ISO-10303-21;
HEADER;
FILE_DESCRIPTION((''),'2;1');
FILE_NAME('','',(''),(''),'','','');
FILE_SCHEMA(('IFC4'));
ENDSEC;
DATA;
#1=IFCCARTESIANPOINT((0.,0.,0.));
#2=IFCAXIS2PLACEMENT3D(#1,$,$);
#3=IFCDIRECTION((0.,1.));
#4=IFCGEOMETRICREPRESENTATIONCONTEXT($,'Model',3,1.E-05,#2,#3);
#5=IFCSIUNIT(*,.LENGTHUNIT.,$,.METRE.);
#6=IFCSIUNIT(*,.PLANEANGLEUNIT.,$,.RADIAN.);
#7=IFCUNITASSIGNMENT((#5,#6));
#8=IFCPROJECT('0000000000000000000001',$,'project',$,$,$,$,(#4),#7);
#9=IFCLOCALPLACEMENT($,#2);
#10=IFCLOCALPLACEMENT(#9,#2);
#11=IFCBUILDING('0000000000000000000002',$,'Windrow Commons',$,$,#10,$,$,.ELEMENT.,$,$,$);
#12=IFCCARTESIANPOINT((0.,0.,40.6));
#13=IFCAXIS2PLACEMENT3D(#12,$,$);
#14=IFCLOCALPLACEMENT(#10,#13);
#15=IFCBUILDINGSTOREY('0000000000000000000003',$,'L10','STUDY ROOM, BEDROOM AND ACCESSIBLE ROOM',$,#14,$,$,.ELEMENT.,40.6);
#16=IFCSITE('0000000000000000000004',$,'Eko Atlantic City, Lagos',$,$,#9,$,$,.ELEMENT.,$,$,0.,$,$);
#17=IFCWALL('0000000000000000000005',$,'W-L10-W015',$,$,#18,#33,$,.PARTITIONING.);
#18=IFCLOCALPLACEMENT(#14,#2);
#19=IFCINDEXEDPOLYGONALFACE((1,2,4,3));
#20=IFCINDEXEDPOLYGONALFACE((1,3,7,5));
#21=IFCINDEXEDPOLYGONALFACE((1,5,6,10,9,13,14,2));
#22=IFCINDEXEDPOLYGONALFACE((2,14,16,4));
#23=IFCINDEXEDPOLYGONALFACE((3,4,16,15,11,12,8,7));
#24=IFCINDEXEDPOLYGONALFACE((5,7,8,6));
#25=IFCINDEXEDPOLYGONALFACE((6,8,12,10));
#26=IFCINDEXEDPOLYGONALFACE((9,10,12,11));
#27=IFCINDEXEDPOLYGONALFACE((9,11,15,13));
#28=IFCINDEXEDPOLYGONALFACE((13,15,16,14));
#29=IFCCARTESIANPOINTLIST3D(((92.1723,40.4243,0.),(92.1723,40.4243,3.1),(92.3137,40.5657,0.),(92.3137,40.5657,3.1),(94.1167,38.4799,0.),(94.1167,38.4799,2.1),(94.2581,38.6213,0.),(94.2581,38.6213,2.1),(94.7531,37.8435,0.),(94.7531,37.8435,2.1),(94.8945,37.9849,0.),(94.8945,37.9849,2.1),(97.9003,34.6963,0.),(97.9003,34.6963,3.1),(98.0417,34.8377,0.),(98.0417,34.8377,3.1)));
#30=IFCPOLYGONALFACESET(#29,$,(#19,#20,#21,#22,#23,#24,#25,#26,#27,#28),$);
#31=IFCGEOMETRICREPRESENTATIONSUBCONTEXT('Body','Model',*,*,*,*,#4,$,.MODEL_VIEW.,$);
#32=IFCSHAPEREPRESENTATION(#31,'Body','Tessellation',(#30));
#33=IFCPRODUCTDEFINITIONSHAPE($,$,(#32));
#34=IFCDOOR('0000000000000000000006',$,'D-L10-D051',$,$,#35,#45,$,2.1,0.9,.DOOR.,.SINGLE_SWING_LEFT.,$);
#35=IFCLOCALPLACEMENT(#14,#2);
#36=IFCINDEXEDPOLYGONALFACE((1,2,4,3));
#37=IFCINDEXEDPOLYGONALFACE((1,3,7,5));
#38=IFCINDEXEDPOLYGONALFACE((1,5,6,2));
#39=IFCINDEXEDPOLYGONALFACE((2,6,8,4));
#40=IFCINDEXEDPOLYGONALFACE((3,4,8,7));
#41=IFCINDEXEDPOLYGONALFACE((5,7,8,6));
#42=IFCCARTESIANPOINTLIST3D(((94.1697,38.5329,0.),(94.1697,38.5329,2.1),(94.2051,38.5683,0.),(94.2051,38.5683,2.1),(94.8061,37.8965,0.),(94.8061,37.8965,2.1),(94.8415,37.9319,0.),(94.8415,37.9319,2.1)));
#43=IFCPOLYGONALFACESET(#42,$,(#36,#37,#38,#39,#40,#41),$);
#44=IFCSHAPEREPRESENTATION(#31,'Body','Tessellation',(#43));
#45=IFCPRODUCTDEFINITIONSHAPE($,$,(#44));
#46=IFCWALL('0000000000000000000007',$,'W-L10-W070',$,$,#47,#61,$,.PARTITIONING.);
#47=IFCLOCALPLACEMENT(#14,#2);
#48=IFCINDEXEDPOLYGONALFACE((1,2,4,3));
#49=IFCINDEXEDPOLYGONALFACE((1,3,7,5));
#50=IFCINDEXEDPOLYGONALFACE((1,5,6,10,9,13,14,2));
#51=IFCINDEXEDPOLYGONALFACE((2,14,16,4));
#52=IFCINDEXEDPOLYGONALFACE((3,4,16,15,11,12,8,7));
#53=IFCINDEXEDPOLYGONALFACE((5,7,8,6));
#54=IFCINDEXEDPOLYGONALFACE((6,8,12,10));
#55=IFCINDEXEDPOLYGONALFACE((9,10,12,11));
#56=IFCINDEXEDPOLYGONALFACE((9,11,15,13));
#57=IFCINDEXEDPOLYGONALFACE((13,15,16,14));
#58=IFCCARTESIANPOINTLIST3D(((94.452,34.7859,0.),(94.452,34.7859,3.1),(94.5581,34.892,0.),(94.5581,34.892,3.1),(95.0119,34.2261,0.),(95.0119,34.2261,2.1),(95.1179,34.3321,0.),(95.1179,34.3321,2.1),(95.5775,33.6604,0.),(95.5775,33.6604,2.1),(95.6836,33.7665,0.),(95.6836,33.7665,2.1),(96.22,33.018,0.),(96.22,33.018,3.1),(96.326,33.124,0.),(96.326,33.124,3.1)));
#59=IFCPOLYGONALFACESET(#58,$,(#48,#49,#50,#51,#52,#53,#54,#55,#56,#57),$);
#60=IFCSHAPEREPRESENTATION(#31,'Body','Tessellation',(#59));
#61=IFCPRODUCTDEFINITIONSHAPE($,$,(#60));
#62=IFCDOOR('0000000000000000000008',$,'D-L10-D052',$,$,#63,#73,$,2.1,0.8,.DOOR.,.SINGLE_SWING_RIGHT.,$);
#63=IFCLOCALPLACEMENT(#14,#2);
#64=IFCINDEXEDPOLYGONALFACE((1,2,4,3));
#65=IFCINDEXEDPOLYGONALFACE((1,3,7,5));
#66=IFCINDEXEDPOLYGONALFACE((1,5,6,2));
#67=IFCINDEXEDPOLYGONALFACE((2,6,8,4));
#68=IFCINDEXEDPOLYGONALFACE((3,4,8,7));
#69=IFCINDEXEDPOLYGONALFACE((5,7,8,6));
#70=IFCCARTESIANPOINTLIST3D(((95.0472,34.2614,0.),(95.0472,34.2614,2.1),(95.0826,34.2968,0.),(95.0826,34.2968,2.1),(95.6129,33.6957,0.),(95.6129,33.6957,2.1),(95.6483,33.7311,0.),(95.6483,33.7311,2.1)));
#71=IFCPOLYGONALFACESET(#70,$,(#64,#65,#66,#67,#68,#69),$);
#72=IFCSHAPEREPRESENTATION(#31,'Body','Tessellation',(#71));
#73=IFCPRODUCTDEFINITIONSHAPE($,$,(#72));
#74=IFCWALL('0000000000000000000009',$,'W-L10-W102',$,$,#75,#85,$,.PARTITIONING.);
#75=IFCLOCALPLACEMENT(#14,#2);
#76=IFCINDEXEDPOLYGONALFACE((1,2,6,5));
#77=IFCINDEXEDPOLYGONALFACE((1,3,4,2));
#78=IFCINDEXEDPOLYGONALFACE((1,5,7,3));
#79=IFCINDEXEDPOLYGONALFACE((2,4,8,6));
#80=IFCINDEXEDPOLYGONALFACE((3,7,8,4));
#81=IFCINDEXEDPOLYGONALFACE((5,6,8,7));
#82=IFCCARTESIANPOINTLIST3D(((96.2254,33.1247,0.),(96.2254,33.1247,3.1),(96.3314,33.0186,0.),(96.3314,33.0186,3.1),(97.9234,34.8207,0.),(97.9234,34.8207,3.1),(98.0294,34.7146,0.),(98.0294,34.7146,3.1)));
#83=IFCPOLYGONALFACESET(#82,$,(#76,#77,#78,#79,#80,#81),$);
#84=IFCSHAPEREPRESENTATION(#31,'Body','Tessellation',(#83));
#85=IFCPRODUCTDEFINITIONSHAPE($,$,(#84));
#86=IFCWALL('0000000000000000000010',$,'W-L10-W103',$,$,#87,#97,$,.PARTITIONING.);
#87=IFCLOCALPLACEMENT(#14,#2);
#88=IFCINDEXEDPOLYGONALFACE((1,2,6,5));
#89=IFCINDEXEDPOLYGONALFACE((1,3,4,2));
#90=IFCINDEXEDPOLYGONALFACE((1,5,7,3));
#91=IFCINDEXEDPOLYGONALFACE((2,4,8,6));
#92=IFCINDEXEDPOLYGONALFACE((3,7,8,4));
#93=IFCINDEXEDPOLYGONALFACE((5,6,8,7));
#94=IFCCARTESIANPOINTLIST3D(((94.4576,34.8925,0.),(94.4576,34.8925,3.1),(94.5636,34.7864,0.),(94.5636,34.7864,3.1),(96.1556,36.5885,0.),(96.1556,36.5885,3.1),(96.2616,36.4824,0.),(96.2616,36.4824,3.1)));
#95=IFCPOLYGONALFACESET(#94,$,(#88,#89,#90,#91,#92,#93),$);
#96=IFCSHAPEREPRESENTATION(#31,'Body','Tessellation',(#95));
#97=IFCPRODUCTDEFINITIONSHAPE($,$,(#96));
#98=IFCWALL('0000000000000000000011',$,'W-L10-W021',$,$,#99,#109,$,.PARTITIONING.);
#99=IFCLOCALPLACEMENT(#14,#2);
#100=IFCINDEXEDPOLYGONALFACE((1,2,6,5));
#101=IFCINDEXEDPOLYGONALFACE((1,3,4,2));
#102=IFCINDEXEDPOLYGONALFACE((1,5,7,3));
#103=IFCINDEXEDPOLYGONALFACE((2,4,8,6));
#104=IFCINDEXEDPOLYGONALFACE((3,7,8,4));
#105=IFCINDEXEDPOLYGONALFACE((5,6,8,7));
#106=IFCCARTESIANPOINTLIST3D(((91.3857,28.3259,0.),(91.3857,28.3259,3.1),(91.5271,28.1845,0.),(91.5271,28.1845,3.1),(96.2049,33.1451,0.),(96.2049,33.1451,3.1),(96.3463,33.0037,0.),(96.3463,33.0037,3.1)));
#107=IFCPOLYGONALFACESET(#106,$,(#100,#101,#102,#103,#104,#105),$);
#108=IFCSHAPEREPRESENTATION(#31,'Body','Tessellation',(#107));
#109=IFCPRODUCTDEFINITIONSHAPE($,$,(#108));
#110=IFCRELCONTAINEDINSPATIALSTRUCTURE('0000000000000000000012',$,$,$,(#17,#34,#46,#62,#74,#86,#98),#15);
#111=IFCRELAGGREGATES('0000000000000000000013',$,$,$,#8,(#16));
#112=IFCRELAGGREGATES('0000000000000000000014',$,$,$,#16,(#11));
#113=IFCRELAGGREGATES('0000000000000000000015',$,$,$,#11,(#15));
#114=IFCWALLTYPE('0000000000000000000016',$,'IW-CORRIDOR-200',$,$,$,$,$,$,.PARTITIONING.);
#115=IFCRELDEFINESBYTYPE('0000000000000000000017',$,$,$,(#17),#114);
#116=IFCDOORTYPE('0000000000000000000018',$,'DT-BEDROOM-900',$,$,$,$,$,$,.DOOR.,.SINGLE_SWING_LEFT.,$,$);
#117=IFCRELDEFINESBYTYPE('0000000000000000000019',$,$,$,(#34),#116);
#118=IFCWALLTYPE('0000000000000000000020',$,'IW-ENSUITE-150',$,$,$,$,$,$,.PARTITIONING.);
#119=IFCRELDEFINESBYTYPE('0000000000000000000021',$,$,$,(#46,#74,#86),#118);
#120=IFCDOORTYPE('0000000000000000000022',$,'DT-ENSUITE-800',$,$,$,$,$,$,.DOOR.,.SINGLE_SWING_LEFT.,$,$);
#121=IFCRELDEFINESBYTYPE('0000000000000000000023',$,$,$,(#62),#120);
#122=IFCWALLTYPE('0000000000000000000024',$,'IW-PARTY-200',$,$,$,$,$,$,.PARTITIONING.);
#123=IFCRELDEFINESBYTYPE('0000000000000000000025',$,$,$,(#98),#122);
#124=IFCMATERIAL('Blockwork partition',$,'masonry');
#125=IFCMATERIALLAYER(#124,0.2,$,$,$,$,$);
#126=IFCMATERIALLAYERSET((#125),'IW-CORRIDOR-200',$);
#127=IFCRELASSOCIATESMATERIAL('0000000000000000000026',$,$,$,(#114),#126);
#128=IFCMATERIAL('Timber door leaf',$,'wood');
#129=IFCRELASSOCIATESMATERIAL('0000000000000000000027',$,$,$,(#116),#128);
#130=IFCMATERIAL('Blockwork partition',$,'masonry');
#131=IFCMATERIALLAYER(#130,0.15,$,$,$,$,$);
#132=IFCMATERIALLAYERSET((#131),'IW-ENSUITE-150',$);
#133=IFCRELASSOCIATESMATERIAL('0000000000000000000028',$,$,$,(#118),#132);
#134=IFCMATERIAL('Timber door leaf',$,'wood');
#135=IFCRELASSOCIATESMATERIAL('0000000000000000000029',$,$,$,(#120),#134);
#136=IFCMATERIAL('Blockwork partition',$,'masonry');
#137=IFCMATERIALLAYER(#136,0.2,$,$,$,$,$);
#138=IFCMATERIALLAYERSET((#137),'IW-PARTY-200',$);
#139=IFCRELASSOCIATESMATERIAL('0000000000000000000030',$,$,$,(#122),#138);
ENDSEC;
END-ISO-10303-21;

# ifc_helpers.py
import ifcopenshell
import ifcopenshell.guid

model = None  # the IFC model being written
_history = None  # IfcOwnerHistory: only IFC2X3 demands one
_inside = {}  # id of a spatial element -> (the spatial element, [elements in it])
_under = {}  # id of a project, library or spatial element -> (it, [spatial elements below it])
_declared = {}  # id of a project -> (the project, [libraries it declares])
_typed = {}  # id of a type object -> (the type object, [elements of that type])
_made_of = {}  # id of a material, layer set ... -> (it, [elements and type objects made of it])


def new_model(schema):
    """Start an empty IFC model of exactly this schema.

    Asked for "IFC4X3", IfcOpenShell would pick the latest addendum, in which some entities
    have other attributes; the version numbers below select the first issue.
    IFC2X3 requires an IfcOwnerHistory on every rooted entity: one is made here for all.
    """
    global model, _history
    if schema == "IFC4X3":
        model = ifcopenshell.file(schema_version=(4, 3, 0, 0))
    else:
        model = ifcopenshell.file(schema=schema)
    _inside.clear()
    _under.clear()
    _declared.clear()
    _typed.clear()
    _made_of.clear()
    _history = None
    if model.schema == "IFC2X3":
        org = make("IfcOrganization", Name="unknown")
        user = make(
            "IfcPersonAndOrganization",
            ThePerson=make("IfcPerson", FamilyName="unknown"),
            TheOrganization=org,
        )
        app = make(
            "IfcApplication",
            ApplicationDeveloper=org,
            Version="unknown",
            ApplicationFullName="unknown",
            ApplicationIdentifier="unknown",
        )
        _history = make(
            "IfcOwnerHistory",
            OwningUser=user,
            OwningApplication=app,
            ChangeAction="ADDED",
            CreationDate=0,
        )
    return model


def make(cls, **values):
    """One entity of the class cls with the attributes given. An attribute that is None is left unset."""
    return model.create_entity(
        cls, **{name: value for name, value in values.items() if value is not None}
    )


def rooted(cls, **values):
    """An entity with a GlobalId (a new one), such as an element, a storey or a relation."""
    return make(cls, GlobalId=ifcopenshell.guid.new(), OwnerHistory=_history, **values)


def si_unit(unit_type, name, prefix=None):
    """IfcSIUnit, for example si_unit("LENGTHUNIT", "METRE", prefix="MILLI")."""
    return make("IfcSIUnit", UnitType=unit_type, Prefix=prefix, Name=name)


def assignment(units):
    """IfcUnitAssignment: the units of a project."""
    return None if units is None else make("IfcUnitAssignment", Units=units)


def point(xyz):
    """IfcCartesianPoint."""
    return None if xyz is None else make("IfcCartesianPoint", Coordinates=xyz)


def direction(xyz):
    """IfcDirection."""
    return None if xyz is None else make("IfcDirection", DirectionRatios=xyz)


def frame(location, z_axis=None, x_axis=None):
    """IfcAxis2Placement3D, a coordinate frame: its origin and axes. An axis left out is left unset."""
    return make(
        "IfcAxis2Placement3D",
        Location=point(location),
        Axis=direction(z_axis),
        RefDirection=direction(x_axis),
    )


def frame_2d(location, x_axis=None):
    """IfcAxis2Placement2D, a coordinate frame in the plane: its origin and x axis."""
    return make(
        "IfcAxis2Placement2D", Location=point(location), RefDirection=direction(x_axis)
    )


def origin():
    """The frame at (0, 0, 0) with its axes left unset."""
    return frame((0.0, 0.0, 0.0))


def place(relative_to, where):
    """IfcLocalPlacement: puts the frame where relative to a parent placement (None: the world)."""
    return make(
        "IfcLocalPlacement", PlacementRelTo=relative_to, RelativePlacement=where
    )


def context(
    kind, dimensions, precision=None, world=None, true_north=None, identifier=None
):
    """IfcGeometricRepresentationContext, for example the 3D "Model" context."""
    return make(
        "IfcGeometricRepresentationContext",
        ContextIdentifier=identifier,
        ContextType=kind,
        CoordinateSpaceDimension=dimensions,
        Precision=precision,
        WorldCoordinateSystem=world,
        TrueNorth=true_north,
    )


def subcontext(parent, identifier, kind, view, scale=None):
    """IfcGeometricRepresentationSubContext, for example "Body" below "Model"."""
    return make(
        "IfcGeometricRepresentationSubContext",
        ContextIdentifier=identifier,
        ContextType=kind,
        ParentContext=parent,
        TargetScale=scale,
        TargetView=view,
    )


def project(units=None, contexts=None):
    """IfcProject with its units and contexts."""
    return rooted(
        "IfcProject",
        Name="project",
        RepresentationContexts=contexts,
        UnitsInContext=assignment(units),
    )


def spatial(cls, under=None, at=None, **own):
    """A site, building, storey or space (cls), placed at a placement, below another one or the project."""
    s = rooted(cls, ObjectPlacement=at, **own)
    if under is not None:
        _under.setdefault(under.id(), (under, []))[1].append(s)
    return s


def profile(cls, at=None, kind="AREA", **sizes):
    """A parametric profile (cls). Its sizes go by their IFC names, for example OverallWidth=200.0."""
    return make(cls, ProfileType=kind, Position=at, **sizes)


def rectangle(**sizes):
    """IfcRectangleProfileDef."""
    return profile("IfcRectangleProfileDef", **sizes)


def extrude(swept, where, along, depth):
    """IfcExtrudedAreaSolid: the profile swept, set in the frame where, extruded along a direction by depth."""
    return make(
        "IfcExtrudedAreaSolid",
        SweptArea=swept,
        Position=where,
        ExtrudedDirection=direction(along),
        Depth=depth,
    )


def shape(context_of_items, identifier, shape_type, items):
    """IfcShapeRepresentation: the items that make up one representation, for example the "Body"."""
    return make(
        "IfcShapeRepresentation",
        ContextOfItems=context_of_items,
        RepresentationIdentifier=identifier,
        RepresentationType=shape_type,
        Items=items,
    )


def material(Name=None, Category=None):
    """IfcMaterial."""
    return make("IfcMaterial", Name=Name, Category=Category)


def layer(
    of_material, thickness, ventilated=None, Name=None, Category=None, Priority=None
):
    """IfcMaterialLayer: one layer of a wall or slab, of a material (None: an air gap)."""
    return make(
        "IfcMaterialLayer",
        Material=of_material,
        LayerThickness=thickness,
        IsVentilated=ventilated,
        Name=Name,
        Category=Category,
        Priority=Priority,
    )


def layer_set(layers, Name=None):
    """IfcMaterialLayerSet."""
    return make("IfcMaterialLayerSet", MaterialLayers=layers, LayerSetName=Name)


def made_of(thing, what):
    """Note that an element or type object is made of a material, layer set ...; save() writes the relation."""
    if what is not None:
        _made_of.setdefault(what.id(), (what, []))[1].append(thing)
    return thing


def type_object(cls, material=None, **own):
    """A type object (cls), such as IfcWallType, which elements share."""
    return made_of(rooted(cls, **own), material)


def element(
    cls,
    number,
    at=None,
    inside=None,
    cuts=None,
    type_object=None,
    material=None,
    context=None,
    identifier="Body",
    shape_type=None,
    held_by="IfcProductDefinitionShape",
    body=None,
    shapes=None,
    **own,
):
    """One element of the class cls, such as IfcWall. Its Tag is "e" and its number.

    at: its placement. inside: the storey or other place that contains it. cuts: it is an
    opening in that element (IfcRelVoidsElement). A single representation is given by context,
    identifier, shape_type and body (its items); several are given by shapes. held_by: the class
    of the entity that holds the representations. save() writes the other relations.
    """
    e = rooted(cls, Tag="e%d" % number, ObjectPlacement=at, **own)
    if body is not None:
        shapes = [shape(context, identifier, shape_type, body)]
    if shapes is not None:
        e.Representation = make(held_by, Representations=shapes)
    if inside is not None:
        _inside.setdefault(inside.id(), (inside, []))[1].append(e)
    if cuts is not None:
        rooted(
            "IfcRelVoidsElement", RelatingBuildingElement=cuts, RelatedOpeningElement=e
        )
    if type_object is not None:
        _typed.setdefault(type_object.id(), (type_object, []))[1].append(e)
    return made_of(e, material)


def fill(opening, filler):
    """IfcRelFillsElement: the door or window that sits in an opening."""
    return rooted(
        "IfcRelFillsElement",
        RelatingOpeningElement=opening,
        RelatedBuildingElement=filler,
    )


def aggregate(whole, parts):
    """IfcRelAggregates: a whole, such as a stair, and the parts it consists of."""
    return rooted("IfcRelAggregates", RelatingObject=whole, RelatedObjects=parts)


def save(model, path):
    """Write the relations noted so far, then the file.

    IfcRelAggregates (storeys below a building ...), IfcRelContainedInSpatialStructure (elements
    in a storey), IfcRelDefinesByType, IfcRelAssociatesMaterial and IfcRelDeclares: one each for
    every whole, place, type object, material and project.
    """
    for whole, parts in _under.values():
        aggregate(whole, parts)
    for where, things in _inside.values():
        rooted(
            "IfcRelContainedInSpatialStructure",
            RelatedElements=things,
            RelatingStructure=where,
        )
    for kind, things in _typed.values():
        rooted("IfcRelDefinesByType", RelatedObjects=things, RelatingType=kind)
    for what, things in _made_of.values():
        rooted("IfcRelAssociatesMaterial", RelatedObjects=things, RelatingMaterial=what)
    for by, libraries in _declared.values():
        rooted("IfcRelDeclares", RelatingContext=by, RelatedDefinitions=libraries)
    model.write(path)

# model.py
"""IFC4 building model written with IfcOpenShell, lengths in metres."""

from ifc_helpers import new_model, si_unit, direction, frame, frame_2d, origin, place, context, subcontext, project, spatial, rectangle, extrude, material, layer, layer_set, type_object, element, fill, save


model = new_model("IFC4")

# Units and contexts
model_context = context("Model", 3, precision=1e-05, world=origin(), true_north=direction((0.0, 1.0)))
body_context = subcontext(model_context, "Body", "Model", "MODEL_VIEW")
ifc_project = project(units=[si_unit("LENGTHUNIT", "METRE"), si_unit("PLANEANGLEUNIT", "RADIAN")], contexts=[model_context])

# Site, building, storey
site_placement = place(None, origin())
site = spatial("IfcSite", under=ifc_project, at=site_placement, Name="Eko Atlantic City, Lagos", CompositionType="ELEMENT", RefElevation=0.0)
building_placement = place(site_placement, origin())
building = spatial("IfcBuilding", under=site, at=building_placement, Name="Windrow Commons", CompositionType="ELEMENT")
storey_placement = place(building_placement, frame((0.0, 0.0, 40.6)))
storey = spatial("IfcBuildingStorey", under=building, at=storey_placement, Name="L10", Description="STUDY ROOM, BEDROOM AND ACCESSIBLE ROOM", CompositionType="ELEMENT", Elevation=40.6)

# Walls, openings, doors
ifc_material_1 = material(Name="Blockwork partition", Category="masonry")
ifc_layer_1 = layer(ifc_material_1, 0.2)
ifc_layer_set_1 = layer_set([ifc_layer_1], Name="IW-CORRIDOR-200")
wall_type_1 = type_object("IfcWallType", Name="IW-CORRIDOR-200", PredefinedType="PARTITIONING", material=ifc_layer_set_1)
wall_1_placement = place(storey_placement, frame((92.243, 40.495, 0.0), z_axis=(0.0, 0.0, 1.0), x_axis=(0.707107, -0.707107, 0.0)))
wall_1 = element("IfcWall", 1, at=wall_1_placement, inside=storey, type_object=wall_type_1, Name="W-L10-W015", PredefinedType="PARTITIONING", context=body_context, shape_type="SweptSolid", body=[
    extrude(rectangle(XDim=8.1006, YDim=0.2, at=frame_2d((4.0503, 0.0))), origin(), (0.0, 0.0, 1.0), 3.1),
])
opening_1_placement = place(wall_1_placement, frame((2.7498, 0.0, 0.0)))
opening_1 = element("IfcOpeningElement", 2, at=opening_1_placement, cuts=wall_1, PredefinedType="OPENING", context=body_context, shape_type="SweptSolid", body=[
    extrude(rectangle(XDim=0.9, YDim=2.1, at=frame_2d((0.45, 1.05))), frame((0.0, 0.11, 0.0), z_axis=(0.0, -1.0, 0.0), x_axis=(1.0, 0.0, 0.0)), (0.0, 0.0, 1.0), 0.22),
])
ifc_material_2 = material(Name="Timber door leaf", Category="wood")
door_type_1 = type_object("IfcDoorType", Name="DT-BEDROOM-900", OperationType="SINGLE_SWING_LEFT", PredefinedType="DOOR", material=ifc_material_2)
door_1_placement = place(opening_1_placement, origin())
door_1 = element("IfcDoor", 3, at=door_1_placement, inside=storey, type_object=door_type_1, Name="D-L10-D051", OperationType="SINGLE_SWING_LEFT", OverallHeight=2.1, OverallWidth=0.9, PredefinedType="DOOR", context=body_context, shape_type="SweptSolid", body=[
    extrude(rectangle(XDim=0.9, YDim=2.1, at=frame_2d((0.45, 1.05))), frame((0.0, 0.025, 0.0), z_axis=(0.0, -1.0, 0.0), x_axis=(1.0, 0.0, 0.0)), (0.0, 0.0, 1.0), 0.05),
])
fill(opening_1, door_1)
ifc_material_3 = material(Name="Blockwork partition", Category="masonry")
ifc_layer_2 = layer(ifc_material_3, 0.15)
ifc_layer_set_2 = layer_set([ifc_layer_2], Name="IW-ENSUITE-150")
wall_type_2 = type_object("IfcWallType", Name="IW-ENSUITE-150", PredefinedType="PARTITIONING", material=ifc_layer_set_2)
wall_2_placement = place(storey_placement, frame((94.505, 34.839, 0.0), z_axis=(0.0, 0.0, 1.0), x_axis=(0.707107, -0.707107, 0.0)))
wall_2 = element("IfcWall", 4, at=wall_2_placement, inside=storey, type_object=wall_type_2, Name="W-L10-W070", PredefinedType="PARTITIONING", context=body_context, shape_type="SweptSolid", body=[
    extrude(rectangle(XDim=2.5003, YDim=0.15, at=frame_2d((1.2502, 0.0))), origin(), (0.0, 0.0, 1.0), 3.1),
])
opening_2_placement = place(wall_2_placement, frame((0.7918, 0.0, 0.0)))
opening_2 = element("IfcOpeningElement", 5, at=opening_2_placement, cuts=wall_2, PredefinedType="OPENING", context=body_context, shape_type="SweptSolid", body=[
    extrude(rectangle(XDim=0.8, YDim=2.1, at=frame_2d((0.4, 1.05))), frame((0.0, 0.085, 0.0), z_axis=(0.0, -1.0, 0.0), x_axis=(1.0, 0.0, 0.0)), (0.0, 0.0, 1.0), 0.17),
])
ifc_material_4 = material(Name="Timber door leaf", Category="wood")
door_type_2 = type_object("IfcDoorType", Name="DT-ENSUITE-800", OperationType="SINGLE_SWING_LEFT", PredefinedType="DOOR", material=ifc_material_4)
door_2_placement = place(opening_2_placement, origin())
door_2 = element("IfcDoor", 6, at=door_2_placement, inside=storey, type_object=door_type_2, Name="D-L10-D052", OperationType="SINGLE_SWING_RIGHT", OverallHeight=2.1, OverallWidth=0.8, PredefinedType="DOOR", context=body_context, shape_type="SweptSolid", body=[
    extrude(rectangle(XDim=0.8, YDim=2.1, at=frame_2d((0.4, 1.05))), frame((0.0, 0.025, 0.0), z_axis=(0.0, -1.0, 0.0), x_axis=(1.0, 0.0, 0.0)), (0.0, 0.0, 1.0), 0.05),
])
fill(opening_2, door_2)

# Walls
for number, where, z_axis, x_axis, name in (
    (7, (96.2784, 33.0716, 0.0), (0.0, 0.0, 1.0), (0.707523, 0.70669, 0.0), "W-L10-W102"),
    (8, (94.5106, 34.8394, 0.0), (0.0, 0.0, 1.0), (0.707523, 0.70669, 0.0), "W-L10-W103"),
):
    element("IfcWall", number, at=place(storey_placement, frame(where, z_axis=z_axis, x_axis=x_axis)), inside=storey, type_object=wall_type_2, Name=name, PredefinedType="PARTITIONING", context=body_context, shape_type="SweptSolid", body=[
        extrude(rectangle(XDim=2.3999, YDim=0.15, at=frame_2d((1.2, 0.0))), origin(), (0.0, 0.0, 1.0), 3.1),
    ])
ifc_material_5 = material(Name="Blockwork partition", Category="masonry")
ifc_layer_3 = layer(ifc_material_5, 0.2)
ifc_layer_set_3 = layer_set([ifc_layer_3], Name="IW-PARTY-200")
wall_type_3 = type_object("IfcWallType", Name="IW-PARTY-200", PredefinedType="PARTITIONING", material=ifc_layer_set_3)
wall_3_placement = place(storey_placement, frame((91.4564, 28.2552, 0.0), z_axis=(0.0, 0.0, 1.0), x_axis=(0.707107, 0.707107, 0.0)))
element("IfcWall", 9, at=wall_3_placement, inside=storey, type_object=wall_type_3, Name="W-L10-W021", PredefinedType="PARTITIONING", context=body_context, shape_type="SweptSolid", body=[
    extrude(rectangle(XDim=6.8154, YDim=0.2, at=frame_2d((3.4077, 0.0))), origin(), (0.0, 0.0, 1.0), 3.1),
])

save(model, "model.ifc")
